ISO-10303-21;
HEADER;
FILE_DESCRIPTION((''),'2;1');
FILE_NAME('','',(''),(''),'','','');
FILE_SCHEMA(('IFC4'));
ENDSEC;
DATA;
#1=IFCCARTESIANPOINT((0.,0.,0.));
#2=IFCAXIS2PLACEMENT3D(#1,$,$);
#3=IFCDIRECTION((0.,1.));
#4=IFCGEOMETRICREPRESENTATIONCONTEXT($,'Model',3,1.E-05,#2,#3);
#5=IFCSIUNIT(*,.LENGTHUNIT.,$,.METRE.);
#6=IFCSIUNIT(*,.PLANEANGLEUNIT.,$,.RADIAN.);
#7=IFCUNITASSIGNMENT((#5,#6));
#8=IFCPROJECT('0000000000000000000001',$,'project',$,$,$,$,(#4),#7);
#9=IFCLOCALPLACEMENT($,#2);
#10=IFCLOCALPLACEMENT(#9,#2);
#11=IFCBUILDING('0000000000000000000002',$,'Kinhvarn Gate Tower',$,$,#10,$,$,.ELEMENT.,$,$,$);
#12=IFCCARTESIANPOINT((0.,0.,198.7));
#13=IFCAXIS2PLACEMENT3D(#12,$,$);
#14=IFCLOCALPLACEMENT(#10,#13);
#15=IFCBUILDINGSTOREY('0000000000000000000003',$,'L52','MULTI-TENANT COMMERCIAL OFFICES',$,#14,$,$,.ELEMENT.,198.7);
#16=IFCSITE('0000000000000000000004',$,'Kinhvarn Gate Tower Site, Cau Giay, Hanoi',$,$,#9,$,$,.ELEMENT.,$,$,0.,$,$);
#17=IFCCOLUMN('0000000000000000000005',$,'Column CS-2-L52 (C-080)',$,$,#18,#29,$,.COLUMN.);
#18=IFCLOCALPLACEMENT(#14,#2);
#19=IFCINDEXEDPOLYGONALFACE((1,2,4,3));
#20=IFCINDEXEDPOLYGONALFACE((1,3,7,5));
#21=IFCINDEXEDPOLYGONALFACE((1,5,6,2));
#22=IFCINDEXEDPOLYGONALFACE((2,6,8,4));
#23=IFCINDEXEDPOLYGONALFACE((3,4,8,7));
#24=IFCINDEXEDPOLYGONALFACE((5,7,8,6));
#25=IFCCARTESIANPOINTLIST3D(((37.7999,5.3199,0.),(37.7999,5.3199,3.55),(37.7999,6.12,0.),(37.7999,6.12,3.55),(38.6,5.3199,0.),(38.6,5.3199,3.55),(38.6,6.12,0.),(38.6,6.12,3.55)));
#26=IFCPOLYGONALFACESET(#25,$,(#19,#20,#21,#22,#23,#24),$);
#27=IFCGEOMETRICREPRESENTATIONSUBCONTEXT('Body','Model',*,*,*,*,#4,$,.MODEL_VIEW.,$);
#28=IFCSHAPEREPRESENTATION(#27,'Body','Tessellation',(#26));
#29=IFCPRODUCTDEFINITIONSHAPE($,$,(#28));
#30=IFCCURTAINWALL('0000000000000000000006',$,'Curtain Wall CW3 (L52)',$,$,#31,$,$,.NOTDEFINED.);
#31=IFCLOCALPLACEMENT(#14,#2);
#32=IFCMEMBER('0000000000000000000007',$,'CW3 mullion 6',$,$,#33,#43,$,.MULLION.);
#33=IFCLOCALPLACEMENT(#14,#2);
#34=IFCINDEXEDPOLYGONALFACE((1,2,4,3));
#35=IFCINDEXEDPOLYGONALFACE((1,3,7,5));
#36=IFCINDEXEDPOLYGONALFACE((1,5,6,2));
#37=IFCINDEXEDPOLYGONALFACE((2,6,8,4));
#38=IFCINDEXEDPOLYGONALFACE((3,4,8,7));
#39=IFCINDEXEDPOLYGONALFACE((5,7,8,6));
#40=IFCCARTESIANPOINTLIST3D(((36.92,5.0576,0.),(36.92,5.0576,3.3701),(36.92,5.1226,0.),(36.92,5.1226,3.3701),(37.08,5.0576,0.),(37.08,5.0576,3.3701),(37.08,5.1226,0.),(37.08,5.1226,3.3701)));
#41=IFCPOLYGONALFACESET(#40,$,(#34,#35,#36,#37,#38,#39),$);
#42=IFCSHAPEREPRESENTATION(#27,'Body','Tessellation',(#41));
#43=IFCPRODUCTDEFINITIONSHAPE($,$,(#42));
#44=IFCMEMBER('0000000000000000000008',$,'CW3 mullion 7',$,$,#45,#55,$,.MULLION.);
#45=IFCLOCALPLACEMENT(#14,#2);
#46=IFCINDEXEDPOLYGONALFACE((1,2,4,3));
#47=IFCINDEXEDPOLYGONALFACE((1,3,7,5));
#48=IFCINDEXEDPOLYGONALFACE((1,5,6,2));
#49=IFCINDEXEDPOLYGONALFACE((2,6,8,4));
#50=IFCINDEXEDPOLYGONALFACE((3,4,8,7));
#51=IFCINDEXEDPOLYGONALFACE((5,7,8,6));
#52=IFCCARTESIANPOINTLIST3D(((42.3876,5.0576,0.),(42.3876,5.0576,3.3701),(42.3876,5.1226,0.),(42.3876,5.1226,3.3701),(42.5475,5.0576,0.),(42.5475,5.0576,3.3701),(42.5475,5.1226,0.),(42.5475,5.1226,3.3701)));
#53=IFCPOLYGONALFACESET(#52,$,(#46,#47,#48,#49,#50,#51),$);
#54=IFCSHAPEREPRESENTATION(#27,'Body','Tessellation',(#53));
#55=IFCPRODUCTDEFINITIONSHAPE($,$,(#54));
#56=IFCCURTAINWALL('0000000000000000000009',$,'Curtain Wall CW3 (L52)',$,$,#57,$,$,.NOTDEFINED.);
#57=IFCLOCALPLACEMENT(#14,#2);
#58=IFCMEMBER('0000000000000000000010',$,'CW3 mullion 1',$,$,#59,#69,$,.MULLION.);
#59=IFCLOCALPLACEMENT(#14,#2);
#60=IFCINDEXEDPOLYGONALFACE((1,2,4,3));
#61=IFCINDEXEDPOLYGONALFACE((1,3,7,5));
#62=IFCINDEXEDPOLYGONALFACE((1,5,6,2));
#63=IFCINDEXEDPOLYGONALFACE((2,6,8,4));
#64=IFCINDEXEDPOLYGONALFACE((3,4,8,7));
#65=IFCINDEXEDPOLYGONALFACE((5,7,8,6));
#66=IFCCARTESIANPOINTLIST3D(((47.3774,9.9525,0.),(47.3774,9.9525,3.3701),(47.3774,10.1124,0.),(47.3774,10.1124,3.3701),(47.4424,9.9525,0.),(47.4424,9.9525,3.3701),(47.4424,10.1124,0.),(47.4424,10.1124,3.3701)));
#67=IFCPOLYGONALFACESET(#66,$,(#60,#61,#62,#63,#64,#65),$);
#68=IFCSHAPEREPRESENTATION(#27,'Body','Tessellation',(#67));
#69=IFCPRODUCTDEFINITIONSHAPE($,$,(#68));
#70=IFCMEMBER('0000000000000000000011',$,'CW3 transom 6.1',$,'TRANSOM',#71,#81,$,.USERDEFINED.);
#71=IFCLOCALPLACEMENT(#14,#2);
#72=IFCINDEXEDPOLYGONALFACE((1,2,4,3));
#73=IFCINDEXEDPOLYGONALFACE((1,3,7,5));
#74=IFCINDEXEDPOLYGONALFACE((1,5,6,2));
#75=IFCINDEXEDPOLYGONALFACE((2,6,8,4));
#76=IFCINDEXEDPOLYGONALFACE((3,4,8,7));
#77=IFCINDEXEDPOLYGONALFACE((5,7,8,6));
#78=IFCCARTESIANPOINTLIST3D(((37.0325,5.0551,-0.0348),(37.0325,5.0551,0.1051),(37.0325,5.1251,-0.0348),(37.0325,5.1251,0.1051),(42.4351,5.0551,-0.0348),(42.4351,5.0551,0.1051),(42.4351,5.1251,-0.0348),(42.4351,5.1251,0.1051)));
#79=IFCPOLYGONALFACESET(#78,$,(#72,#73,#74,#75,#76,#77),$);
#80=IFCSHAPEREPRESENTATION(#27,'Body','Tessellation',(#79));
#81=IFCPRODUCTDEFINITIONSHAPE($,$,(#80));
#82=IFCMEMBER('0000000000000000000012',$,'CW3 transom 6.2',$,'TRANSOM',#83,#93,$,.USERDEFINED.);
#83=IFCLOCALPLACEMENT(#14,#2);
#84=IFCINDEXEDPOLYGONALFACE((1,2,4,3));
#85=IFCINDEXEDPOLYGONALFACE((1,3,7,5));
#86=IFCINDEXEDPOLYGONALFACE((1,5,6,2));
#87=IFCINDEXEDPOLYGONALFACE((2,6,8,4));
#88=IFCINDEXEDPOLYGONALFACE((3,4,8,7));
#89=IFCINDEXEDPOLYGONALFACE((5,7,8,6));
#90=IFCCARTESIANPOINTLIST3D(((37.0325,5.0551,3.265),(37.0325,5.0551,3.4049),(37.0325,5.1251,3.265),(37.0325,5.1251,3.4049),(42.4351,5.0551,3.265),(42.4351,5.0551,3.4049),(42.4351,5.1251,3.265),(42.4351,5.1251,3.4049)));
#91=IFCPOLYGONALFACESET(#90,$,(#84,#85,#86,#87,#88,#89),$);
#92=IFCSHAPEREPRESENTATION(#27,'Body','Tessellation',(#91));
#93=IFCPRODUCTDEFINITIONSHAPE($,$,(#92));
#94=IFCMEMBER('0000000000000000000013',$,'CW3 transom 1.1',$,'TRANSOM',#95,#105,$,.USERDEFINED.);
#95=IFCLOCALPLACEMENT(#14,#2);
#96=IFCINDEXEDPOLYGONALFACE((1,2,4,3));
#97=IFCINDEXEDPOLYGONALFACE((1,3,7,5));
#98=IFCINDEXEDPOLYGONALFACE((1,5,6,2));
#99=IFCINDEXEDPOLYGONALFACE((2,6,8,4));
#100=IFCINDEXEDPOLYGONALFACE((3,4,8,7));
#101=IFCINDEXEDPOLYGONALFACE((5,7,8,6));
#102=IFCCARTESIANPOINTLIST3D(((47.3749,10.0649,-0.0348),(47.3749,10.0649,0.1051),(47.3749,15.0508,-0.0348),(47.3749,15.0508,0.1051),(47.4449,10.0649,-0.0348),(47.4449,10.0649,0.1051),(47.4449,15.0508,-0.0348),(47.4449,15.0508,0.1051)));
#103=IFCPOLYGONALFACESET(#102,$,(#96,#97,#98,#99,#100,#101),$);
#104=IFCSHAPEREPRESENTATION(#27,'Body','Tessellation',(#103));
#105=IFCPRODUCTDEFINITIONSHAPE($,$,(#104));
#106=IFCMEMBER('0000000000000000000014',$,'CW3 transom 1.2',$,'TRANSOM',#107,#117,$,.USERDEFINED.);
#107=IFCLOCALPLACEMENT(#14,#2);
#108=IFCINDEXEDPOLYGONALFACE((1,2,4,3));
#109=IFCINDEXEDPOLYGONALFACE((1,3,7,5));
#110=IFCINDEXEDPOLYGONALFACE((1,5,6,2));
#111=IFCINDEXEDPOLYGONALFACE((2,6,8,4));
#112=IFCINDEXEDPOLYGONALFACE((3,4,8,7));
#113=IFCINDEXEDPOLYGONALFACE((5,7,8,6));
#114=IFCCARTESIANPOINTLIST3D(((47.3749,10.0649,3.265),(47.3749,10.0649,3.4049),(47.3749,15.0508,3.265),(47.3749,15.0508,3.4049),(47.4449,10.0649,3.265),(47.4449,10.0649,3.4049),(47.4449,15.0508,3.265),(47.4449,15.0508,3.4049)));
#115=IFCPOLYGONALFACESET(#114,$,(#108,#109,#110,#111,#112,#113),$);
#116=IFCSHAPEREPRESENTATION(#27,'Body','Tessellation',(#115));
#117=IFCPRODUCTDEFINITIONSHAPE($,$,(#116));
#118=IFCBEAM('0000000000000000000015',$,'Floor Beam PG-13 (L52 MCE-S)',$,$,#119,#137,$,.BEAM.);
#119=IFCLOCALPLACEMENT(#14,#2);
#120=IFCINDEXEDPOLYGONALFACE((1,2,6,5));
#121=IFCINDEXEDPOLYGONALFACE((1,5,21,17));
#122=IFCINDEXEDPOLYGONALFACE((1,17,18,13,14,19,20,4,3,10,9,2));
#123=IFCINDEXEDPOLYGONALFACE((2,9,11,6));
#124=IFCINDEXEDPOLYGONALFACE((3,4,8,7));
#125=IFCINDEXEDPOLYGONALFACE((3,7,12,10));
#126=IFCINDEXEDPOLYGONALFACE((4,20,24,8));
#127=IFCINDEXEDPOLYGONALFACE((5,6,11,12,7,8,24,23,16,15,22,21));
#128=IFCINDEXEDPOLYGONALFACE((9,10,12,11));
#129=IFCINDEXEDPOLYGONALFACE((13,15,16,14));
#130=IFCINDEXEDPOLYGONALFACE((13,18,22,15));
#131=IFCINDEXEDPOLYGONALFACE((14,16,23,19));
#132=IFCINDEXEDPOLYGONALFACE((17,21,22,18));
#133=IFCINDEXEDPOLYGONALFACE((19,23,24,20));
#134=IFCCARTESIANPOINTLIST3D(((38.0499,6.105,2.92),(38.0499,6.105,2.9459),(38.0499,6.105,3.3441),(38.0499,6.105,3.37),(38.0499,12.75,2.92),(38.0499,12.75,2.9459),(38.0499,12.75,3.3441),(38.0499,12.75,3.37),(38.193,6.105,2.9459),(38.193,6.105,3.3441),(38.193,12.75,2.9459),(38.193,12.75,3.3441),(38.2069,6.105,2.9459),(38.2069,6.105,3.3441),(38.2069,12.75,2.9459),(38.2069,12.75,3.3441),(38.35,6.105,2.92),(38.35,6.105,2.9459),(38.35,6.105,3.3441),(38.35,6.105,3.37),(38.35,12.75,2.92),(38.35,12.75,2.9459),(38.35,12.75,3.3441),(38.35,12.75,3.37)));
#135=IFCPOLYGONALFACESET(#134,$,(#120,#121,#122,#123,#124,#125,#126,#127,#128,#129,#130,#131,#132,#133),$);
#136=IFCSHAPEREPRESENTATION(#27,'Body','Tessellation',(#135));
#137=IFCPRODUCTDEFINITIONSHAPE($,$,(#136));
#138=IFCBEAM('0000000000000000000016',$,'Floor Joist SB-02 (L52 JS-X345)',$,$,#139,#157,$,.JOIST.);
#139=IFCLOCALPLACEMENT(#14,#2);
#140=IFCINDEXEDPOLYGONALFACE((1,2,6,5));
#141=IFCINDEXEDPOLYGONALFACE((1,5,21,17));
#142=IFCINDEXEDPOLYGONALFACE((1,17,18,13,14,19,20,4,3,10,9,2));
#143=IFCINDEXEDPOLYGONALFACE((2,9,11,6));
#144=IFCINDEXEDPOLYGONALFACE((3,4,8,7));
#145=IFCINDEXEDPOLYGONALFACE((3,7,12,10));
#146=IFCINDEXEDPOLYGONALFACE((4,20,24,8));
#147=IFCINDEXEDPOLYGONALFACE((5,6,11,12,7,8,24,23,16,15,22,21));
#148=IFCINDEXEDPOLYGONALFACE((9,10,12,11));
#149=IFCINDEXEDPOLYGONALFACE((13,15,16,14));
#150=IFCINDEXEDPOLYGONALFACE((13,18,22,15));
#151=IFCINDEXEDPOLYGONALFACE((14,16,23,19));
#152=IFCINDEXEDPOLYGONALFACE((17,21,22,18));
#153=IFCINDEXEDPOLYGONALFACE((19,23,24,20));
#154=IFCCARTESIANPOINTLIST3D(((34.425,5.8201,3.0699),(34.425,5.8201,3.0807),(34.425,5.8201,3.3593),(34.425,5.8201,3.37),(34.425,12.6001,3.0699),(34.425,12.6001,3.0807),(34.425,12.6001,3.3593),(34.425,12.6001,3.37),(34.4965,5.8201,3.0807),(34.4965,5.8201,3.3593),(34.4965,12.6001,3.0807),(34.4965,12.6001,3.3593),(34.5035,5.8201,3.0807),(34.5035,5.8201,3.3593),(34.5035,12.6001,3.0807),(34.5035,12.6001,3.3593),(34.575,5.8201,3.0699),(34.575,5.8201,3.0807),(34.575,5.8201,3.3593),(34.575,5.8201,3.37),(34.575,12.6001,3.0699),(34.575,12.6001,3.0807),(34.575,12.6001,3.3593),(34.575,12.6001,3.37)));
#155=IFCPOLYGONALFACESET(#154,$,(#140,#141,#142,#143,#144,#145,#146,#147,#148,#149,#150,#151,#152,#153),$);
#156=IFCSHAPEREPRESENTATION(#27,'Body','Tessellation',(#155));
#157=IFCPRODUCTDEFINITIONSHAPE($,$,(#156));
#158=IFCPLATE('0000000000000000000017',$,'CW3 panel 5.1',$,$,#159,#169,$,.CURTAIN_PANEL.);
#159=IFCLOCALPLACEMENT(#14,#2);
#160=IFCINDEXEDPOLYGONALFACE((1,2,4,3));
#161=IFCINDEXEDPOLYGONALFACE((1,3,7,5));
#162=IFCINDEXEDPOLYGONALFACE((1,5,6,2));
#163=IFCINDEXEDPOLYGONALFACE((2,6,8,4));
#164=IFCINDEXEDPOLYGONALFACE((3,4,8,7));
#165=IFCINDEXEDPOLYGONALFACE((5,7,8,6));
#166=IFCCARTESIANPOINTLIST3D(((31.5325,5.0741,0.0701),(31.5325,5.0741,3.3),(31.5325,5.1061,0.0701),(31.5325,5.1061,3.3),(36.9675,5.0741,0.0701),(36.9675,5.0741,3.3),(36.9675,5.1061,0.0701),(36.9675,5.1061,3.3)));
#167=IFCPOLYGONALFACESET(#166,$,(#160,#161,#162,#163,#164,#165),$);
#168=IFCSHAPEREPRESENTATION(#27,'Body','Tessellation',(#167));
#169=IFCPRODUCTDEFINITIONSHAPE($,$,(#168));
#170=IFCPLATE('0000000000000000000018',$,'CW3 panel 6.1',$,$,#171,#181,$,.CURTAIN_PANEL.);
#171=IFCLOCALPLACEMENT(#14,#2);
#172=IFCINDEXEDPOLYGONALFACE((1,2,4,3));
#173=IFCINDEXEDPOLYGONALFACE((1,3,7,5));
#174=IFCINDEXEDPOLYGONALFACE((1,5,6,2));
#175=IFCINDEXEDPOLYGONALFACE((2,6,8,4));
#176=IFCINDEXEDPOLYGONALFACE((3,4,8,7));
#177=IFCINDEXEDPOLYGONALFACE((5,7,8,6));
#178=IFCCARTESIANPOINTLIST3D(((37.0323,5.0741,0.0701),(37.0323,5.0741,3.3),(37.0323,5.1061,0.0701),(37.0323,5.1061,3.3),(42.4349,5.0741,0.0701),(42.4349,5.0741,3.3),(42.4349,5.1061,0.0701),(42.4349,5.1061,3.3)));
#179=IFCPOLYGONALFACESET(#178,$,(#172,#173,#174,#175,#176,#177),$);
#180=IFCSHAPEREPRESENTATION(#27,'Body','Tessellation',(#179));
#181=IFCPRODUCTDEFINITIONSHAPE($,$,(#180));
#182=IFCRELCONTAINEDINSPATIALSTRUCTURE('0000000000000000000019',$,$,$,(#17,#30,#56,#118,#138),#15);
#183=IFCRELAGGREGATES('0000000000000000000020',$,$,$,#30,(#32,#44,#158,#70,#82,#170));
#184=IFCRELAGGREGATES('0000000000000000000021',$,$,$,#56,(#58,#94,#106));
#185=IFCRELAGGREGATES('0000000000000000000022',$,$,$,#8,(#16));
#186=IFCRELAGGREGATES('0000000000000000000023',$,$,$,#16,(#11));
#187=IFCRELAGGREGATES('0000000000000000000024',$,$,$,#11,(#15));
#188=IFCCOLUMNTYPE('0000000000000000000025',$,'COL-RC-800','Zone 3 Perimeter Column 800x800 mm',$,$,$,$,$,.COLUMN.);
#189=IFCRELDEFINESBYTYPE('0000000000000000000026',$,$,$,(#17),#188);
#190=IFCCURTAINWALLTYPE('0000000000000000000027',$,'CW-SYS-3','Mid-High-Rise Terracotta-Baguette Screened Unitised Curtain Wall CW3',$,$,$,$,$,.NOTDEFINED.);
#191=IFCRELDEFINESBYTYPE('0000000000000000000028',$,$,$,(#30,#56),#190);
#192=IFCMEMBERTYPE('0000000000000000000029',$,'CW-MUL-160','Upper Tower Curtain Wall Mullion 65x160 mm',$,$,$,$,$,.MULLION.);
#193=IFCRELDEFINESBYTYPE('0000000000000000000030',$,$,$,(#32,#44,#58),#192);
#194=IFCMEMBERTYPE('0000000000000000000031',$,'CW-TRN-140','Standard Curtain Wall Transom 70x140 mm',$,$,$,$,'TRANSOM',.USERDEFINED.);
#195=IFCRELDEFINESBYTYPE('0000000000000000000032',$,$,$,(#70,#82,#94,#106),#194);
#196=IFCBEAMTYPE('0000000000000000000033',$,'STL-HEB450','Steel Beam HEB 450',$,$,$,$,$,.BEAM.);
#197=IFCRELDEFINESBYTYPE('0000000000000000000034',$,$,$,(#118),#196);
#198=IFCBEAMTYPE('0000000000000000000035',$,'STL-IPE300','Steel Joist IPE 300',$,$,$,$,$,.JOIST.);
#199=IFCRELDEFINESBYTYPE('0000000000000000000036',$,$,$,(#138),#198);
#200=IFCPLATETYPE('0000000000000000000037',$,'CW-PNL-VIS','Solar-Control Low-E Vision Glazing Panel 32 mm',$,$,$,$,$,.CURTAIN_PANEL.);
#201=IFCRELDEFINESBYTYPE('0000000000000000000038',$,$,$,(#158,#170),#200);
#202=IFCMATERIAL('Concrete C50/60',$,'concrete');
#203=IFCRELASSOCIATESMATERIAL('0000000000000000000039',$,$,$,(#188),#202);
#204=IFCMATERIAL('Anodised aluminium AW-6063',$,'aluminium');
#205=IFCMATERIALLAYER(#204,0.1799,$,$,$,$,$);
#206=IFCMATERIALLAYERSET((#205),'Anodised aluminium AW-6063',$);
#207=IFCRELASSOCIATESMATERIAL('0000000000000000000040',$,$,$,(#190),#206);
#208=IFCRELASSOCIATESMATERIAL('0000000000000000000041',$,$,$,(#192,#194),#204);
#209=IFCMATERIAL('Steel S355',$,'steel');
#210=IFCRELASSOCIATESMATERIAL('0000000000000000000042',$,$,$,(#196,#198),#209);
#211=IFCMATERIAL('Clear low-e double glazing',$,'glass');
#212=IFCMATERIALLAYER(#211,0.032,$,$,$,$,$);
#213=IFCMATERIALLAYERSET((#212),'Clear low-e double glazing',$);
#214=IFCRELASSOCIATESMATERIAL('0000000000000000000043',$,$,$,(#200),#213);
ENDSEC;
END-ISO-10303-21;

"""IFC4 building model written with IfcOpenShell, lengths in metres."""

from ifc_helpers import new_model, si_unit, direction, frame, origin, origin_2d, place, context, subcontext, project, spatial, rectangle, i_section, extrude, material, layer, layer_set, material_profile, profile_set, type_object, element, aggregate, save


model = new_model("IFC4")

# Units and contexts
model_context = context("Model", 3, precision=1e-05, world=origin(), true_north=direction((0.0, 1.0)))
body_context = subcontext(model_context, "Body", "Model", "MODEL_VIEW")
ifc_project = project(units=[si_unit("LENGTHUNIT", "METRE"), si_unit("PLANEANGLEUNIT", "RADIAN")], contexts=[model_context])

# Site, building, storey
site_placement = place(None, origin())
site = spatial("IfcSite", under=ifc_project, at=site_placement, Name="Kinhvarn Gate Tower Site, Cau Giay, Hanoi", CompositionType="ELEMENT", RefElevation=0.0)
building_placement = place(site_placement, origin())
building = spatial("IfcBuilding", under=site, at=building_placement, Name="Kinhvarn Gate Tower", CompositionType="ELEMENT")
storey_placement = place(building_placement, frame((0.0, 0.0, 198.7)))
storey = spatial("IfcBuildingStorey", under=building, at=storey_placement, Name="L52", Description="MULTI-TENANT COMMERCIAL OFFICES", CompositionType="ELEMENT", Elevation=198.7)

# Column
ifc_material_1 = material(Name="Concrete C50/60", Category="concrete")
ifc_material_profile_1 = material_profile(ifc_material_1, rectangle(XDim=0.8, YDim=0.8, at=origin_2d()), Name="RC 800x800")
ifc_profile_set_1 = profile_set([ifc_material_profile_1], Name="Concrete C50/60")
column_type = type_object("IfcColumnType", Name="COL-RC-800", Description="Zone 3 Perimeter Column 800x800 mm", PredefinedType="COLUMN", material=ifc_profile_set_1)
column_placement = place(storey_placement, frame((38.2, 5.72, 0.0), z_axis=(0.0, 0.0, 1.0), x_axis=(1.0, 0.0, 0.0)))
element("IfcColumn", 1, at=column_placement, inside=storey, type_object=column_type, Name="Column CS-2-L52 (C-080)", PredefinedType="COLUMN", context=body_context, shape_type="SweptSolid", body=[
    extrude(rectangle(XDim=0.8, YDim=0.8, at=origin_2d()), origin(), (0.0, 0.0, 1.0), 3.55),
])

# Curtain wall, members
ifc_material_2 = material(Name="Anodised aluminium AW-6063", Category="aluminium")
ifc_layer_1 = layer(ifc_material_2, 0.1799)
ifc_layer_set_1 = layer_set([ifc_layer_1], Name="Anodised aluminium AW-6063")
curtain_wall_type = type_object("IfcCurtainWallType", Name="CW-SYS-3", Description="Mid-High-Rise Terracotta-Baguette Screened Unitised Curtain Wall CW3", PredefinedType="NOTDEFINED", material=ifc_layer_set_1)
curtain_wall_1_placement = place(storey_placement, origin())
curtain_wall_1 = element("IfcCurtainWall", 2, at=curtain_wall_1_placement, inside=storey, type_object=curtain_wall_type, Name="Curtain Wall CW3 (L52)", PredefinedType="NOTDEFINED")
ifc_material_profile_2 = material_profile(ifc_material_2, rectangle(XDim=0.0649, YDim=0.1599, at=origin_2d()), Name="ALU 65x160")
ifc_profile_set_2 = profile_set([ifc_material_profile_2], Name="Anodised aluminium AW-6063")
member_type_1 = type_object("IfcMemberType", Name="CW-MUL-160", Description="Upper Tower Curtain Wall Mullion 65x160 mm", PredefinedType="MULLION", material=ifc_profile_set_2)
member_1_placement = place(storey_placement, frame((37.0, 5.0901, 0.0), z_axis=(0.0, 0.0, 1.0), x_axis=(0.0, 1.0, 0.0)))
member_1 = element("IfcMember", 3, at=member_1_placement, type_object=member_type_1, Name="CW3 mullion 6", PredefinedType="MULLION", context=body_context, shape_type="SweptSolid", body=[
    extrude(rectangle(XDim=0.0649, YDim=0.1599, at=origin_2d()), origin(), (0.0, 0.0, 1.0), 3.3701),
])
member_2_placement = place(storey_placement, frame((42.4675, 5.0901, 0.0), z_axis=(0.0, 0.0, 1.0), x_axis=(0.0, 1.0, 0.0)))
member_2 = element("IfcMember", 4, at=member_2_placement, type_object=member_type_1, Name="CW3 mullion 7", PredefinedType="MULLION", context=body_context, shape_type="SweptSolid", body=[
    extrude(rectangle(XDim=0.0649, YDim=0.1599, at=origin_2d()), origin(), (0.0, 0.0, 1.0), 3.3701),
])

# Curtain wall, member
curtain_wall_2_placement = place(storey_placement, origin())
curtain_wall_2 = element("IfcCurtainWall", 5, at=curtain_wall_2_placement, inside=storey, type_object=curtain_wall_type, Name="Curtain Wall CW3 (L52)", PredefinedType="NOTDEFINED")
member_3_placement = place(storey_placement, frame((47.4099, 10.0325, 0.0), z_axis=(0.0, 0.0, 1.0), x_axis=(-1.0, 0.0, 0.0)))
member_3 = element("IfcMember", 6, at=member_3_placement, type_object=member_type_1, Name="CW3 mullion 1", PredefinedType="MULLION", context=body_context, shape_type="SweptSolid", body=[
    extrude(rectangle(XDim=0.0649, YDim=0.1599, at=origin_2d()), origin(), (0.0, 0.0, 1.0), 3.3701),
])

# Members
ifc_material_profile_3 = material_profile(ifc_material_2, rectangle(XDim=0.0701, YDim=0.1399, at=origin_2d()), Name="ALU 70x140")
ifc_profile_set_3 = profile_set([ifc_material_profile_3], Name="Anodised aluminium AW-6063")
member_type_2 = type_object("IfcMemberType", Name="CW-TRN-140", Description="Standard Curtain Wall Transom 70x140 mm", ElementType="TRANSOM", PredefinedType="USERDEFINED", material=ifc_profile_set_3)
member_4_placement = place(storey_placement, frame((37.0325, 5.0901, 0.0352), z_axis=(1.0, 0.0, 0.0), x_axis=(0.0, 1.0, 0.0)))
member_4 = element("IfcMember", 7, at=member_4_placement, type_object=member_type_2, Name="CW3 transom 6.1", ObjectType="TRANSOM", PredefinedType="USERDEFINED", context=body_context, shape_type="SweptSolid", body=[
    extrude(rectangle(XDim=0.0701, YDim=0.1399, at=origin_2d()), origin(), (0.0, 0.0, 1.0), 5.4026),
])
member_5_placement = place(storey_placement, frame((37.0325, 5.0901, 3.335), z_axis=(1.0, 0.0, 0.0), x_axis=(0.0, 1.0, 0.0)))
member_5 = element("IfcMember", 8, at=member_5_placement, type_object=member_type_2, Name="CW3 transom 6.2", ObjectType="TRANSOM", PredefinedType="USERDEFINED", context=body_context, shape_type="SweptSolid", body=[
    extrude(rectangle(XDim=0.0701, YDim=0.1399, at=origin_2d()), origin(), (0.0, 0.0, 1.0), 5.4026),
])
member_6_placement = place(storey_placement, frame((47.4099, 10.0649, 0.0352), z_axis=(0.0, 1.0, 0.0), x_axis=(-1.0, 0.0, 0.0)))
member_6 = element("IfcMember", 9, at=member_6_placement, type_object=member_type_2, Name="CW3 transom 1.1", ObjectType="TRANSOM", PredefinedType="USERDEFINED", context=body_context, shape_type="SweptSolid", body=[
    extrude(rectangle(XDim=0.0701, YDim=0.1399, at=origin_2d()), origin(), (0.0, 0.0, 1.0), 4.9858),
])
member_7_placement = place(storey_placement, frame((47.4099, 10.0649, 3.335), z_axis=(0.0, 1.0, 0.0), x_axis=(-1.0, 0.0, 0.0)))
member_7 = element("IfcMember", 10, at=member_7_placement, type_object=member_type_2, Name="CW3 transom 1.2", ObjectType="TRANSOM", PredefinedType="USERDEFINED", context=body_context, shape_type="SweptSolid", body=[
    extrude(rectangle(XDim=0.0701, YDim=0.1399, at=origin_2d()), origin(), (0.0, 0.0, 1.0), 4.9858),
])

# Beams
ifc_material_3 = material(Name="Steel S355", Category="steel")
ifc_material_profile_4 = material_profile(ifc_material_3, i_section(OverallWidth=0.3, OverallDepth=0.45, WebThickness=0.0139, FlangeThickness=0.0259, at=origin_2d()), Name="HEB 450")
ifc_profile_set_4 = profile_set([ifc_material_profile_4], Name="Steel S355")
beam_type_1 = type_object("IfcBeamType", Name="STL-HEB450", Description="Steel Beam HEB 450", PredefinedType="BEAM", material=ifc_profile_set_4)
beam_1_placement = place(storey_placement, frame((38.2, 6.105, 3.145), z_axis=(0.0, 1.0, 0.0), x_axis=(-1.0, 0.0, 0.0)))
element("IfcBeam", 11, at=beam_1_placement, inside=storey, type_object=beam_type_1, Name="Floor Beam PG-13 (L52 MCE-S)", PredefinedType="BEAM", context=body_context, shape_type="SweptSolid", body=[
    extrude(i_section(OverallWidth=0.3, OverallDepth=0.45, WebThickness=0.0139, FlangeThickness=0.0259, at=origin_2d()), origin(), (0.0, 0.0, 1.0), 6.645),
])
ifc_material_profile_5 = material_profile(ifc_material_3, i_section(OverallWidth=0.1499, OverallDepth=0.3, WebThickness=0.0071, FlangeThickness=0.0107, at=origin_2d()), Name="IPE 300")
ifc_profile_set_5 = profile_set([ifc_material_profile_5], Name="Steel S355")
beam_type_2 = type_object("IfcBeamType", Name="STL-IPE300", Description="Steel Joist IPE 300", PredefinedType="JOIST", material=ifc_profile_set_5)
beam_2_placement = place(storey_placement, frame((34.5, 5.8201, 3.22), z_axis=(0.0, 1.0, 0.0), x_axis=(-1.0, 0.0, 0.0)))
element("IfcBeam", 12, at=beam_2_placement, inside=storey, type_object=beam_type_2, Name="Floor Joist SB-02 (L52 JS-X345)", PredefinedType="JOIST", context=body_context, shape_type="SweptSolid", body=[
    extrude(i_section(OverallWidth=0.1499, OverallDepth=0.3, WebThickness=0.0071, FlangeThickness=0.0107, at=origin_2d()), origin(), (0.0, 0.0, 1.0), 6.78),
])

# Plates
ifc_material_4 = material(Name="Clear low-e double glazing", Category="glass")
ifc_layer_2 = layer(ifc_material_4, 0.032)
ifc_layer_set_2 = layer_set([ifc_layer_2], Name="Clear low-e double glazing")
plate_type = type_object("IfcPlateType", Name="CW-PNL-VIS", Description="Solar-Control Low-E Vision Glazing Panel 32 mm", PredefinedType="CURTAIN_PANEL", material=ifc_layer_set_2)
plate_1_placement = place(storey_placement, frame((34.25, 5.0901, 0.0701), z_axis=(0.0, 0.0, 1.0), x_axis=(1.0, 0.0, 0.0)))
plate_1 = element("IfcPlate", 13, at=plate_1_placement, type_object=plate_type, Name="CW3 panel 5.1", PredefinedType="CURTAIN_PANEL", context=body_context, shape_type="SweptSolid", body=[
    extrude(rectangle(XDim=5.4351, YDim=0.032, at=origin_2d()), origin(), (0.0, 0.0, 1.0), 3.23),
])
plate_2_placement = place(storey_placement, frame((39.7336, 5.0901, 0.0701), z_axis=(0.0, 0.0, 1.0), x_axis=(1.0, 0.0, 0.0)))
plate_2 = element("IfcPlate", 14, at=plate_2_placement, type_object=plate_type, Name="CW3 panel 6.1", PredefinedType="CURTAIN_PANEL", context=body_context, shape_type="SweptSolid", body=[
    extrude(rectangle(XDim=5.4026, YDim=0.032, at=origin_2d()), origin(), (0.0, 0.0, 1.0), 3.23),
])
aggregate(curtain_wall_1, [member_1, member_2, plate_1, member_4, member_5, plate_2])
aggregate(curtain_wall_2, [member_3, member_6, member_7])

save(model, "model.ifc")
